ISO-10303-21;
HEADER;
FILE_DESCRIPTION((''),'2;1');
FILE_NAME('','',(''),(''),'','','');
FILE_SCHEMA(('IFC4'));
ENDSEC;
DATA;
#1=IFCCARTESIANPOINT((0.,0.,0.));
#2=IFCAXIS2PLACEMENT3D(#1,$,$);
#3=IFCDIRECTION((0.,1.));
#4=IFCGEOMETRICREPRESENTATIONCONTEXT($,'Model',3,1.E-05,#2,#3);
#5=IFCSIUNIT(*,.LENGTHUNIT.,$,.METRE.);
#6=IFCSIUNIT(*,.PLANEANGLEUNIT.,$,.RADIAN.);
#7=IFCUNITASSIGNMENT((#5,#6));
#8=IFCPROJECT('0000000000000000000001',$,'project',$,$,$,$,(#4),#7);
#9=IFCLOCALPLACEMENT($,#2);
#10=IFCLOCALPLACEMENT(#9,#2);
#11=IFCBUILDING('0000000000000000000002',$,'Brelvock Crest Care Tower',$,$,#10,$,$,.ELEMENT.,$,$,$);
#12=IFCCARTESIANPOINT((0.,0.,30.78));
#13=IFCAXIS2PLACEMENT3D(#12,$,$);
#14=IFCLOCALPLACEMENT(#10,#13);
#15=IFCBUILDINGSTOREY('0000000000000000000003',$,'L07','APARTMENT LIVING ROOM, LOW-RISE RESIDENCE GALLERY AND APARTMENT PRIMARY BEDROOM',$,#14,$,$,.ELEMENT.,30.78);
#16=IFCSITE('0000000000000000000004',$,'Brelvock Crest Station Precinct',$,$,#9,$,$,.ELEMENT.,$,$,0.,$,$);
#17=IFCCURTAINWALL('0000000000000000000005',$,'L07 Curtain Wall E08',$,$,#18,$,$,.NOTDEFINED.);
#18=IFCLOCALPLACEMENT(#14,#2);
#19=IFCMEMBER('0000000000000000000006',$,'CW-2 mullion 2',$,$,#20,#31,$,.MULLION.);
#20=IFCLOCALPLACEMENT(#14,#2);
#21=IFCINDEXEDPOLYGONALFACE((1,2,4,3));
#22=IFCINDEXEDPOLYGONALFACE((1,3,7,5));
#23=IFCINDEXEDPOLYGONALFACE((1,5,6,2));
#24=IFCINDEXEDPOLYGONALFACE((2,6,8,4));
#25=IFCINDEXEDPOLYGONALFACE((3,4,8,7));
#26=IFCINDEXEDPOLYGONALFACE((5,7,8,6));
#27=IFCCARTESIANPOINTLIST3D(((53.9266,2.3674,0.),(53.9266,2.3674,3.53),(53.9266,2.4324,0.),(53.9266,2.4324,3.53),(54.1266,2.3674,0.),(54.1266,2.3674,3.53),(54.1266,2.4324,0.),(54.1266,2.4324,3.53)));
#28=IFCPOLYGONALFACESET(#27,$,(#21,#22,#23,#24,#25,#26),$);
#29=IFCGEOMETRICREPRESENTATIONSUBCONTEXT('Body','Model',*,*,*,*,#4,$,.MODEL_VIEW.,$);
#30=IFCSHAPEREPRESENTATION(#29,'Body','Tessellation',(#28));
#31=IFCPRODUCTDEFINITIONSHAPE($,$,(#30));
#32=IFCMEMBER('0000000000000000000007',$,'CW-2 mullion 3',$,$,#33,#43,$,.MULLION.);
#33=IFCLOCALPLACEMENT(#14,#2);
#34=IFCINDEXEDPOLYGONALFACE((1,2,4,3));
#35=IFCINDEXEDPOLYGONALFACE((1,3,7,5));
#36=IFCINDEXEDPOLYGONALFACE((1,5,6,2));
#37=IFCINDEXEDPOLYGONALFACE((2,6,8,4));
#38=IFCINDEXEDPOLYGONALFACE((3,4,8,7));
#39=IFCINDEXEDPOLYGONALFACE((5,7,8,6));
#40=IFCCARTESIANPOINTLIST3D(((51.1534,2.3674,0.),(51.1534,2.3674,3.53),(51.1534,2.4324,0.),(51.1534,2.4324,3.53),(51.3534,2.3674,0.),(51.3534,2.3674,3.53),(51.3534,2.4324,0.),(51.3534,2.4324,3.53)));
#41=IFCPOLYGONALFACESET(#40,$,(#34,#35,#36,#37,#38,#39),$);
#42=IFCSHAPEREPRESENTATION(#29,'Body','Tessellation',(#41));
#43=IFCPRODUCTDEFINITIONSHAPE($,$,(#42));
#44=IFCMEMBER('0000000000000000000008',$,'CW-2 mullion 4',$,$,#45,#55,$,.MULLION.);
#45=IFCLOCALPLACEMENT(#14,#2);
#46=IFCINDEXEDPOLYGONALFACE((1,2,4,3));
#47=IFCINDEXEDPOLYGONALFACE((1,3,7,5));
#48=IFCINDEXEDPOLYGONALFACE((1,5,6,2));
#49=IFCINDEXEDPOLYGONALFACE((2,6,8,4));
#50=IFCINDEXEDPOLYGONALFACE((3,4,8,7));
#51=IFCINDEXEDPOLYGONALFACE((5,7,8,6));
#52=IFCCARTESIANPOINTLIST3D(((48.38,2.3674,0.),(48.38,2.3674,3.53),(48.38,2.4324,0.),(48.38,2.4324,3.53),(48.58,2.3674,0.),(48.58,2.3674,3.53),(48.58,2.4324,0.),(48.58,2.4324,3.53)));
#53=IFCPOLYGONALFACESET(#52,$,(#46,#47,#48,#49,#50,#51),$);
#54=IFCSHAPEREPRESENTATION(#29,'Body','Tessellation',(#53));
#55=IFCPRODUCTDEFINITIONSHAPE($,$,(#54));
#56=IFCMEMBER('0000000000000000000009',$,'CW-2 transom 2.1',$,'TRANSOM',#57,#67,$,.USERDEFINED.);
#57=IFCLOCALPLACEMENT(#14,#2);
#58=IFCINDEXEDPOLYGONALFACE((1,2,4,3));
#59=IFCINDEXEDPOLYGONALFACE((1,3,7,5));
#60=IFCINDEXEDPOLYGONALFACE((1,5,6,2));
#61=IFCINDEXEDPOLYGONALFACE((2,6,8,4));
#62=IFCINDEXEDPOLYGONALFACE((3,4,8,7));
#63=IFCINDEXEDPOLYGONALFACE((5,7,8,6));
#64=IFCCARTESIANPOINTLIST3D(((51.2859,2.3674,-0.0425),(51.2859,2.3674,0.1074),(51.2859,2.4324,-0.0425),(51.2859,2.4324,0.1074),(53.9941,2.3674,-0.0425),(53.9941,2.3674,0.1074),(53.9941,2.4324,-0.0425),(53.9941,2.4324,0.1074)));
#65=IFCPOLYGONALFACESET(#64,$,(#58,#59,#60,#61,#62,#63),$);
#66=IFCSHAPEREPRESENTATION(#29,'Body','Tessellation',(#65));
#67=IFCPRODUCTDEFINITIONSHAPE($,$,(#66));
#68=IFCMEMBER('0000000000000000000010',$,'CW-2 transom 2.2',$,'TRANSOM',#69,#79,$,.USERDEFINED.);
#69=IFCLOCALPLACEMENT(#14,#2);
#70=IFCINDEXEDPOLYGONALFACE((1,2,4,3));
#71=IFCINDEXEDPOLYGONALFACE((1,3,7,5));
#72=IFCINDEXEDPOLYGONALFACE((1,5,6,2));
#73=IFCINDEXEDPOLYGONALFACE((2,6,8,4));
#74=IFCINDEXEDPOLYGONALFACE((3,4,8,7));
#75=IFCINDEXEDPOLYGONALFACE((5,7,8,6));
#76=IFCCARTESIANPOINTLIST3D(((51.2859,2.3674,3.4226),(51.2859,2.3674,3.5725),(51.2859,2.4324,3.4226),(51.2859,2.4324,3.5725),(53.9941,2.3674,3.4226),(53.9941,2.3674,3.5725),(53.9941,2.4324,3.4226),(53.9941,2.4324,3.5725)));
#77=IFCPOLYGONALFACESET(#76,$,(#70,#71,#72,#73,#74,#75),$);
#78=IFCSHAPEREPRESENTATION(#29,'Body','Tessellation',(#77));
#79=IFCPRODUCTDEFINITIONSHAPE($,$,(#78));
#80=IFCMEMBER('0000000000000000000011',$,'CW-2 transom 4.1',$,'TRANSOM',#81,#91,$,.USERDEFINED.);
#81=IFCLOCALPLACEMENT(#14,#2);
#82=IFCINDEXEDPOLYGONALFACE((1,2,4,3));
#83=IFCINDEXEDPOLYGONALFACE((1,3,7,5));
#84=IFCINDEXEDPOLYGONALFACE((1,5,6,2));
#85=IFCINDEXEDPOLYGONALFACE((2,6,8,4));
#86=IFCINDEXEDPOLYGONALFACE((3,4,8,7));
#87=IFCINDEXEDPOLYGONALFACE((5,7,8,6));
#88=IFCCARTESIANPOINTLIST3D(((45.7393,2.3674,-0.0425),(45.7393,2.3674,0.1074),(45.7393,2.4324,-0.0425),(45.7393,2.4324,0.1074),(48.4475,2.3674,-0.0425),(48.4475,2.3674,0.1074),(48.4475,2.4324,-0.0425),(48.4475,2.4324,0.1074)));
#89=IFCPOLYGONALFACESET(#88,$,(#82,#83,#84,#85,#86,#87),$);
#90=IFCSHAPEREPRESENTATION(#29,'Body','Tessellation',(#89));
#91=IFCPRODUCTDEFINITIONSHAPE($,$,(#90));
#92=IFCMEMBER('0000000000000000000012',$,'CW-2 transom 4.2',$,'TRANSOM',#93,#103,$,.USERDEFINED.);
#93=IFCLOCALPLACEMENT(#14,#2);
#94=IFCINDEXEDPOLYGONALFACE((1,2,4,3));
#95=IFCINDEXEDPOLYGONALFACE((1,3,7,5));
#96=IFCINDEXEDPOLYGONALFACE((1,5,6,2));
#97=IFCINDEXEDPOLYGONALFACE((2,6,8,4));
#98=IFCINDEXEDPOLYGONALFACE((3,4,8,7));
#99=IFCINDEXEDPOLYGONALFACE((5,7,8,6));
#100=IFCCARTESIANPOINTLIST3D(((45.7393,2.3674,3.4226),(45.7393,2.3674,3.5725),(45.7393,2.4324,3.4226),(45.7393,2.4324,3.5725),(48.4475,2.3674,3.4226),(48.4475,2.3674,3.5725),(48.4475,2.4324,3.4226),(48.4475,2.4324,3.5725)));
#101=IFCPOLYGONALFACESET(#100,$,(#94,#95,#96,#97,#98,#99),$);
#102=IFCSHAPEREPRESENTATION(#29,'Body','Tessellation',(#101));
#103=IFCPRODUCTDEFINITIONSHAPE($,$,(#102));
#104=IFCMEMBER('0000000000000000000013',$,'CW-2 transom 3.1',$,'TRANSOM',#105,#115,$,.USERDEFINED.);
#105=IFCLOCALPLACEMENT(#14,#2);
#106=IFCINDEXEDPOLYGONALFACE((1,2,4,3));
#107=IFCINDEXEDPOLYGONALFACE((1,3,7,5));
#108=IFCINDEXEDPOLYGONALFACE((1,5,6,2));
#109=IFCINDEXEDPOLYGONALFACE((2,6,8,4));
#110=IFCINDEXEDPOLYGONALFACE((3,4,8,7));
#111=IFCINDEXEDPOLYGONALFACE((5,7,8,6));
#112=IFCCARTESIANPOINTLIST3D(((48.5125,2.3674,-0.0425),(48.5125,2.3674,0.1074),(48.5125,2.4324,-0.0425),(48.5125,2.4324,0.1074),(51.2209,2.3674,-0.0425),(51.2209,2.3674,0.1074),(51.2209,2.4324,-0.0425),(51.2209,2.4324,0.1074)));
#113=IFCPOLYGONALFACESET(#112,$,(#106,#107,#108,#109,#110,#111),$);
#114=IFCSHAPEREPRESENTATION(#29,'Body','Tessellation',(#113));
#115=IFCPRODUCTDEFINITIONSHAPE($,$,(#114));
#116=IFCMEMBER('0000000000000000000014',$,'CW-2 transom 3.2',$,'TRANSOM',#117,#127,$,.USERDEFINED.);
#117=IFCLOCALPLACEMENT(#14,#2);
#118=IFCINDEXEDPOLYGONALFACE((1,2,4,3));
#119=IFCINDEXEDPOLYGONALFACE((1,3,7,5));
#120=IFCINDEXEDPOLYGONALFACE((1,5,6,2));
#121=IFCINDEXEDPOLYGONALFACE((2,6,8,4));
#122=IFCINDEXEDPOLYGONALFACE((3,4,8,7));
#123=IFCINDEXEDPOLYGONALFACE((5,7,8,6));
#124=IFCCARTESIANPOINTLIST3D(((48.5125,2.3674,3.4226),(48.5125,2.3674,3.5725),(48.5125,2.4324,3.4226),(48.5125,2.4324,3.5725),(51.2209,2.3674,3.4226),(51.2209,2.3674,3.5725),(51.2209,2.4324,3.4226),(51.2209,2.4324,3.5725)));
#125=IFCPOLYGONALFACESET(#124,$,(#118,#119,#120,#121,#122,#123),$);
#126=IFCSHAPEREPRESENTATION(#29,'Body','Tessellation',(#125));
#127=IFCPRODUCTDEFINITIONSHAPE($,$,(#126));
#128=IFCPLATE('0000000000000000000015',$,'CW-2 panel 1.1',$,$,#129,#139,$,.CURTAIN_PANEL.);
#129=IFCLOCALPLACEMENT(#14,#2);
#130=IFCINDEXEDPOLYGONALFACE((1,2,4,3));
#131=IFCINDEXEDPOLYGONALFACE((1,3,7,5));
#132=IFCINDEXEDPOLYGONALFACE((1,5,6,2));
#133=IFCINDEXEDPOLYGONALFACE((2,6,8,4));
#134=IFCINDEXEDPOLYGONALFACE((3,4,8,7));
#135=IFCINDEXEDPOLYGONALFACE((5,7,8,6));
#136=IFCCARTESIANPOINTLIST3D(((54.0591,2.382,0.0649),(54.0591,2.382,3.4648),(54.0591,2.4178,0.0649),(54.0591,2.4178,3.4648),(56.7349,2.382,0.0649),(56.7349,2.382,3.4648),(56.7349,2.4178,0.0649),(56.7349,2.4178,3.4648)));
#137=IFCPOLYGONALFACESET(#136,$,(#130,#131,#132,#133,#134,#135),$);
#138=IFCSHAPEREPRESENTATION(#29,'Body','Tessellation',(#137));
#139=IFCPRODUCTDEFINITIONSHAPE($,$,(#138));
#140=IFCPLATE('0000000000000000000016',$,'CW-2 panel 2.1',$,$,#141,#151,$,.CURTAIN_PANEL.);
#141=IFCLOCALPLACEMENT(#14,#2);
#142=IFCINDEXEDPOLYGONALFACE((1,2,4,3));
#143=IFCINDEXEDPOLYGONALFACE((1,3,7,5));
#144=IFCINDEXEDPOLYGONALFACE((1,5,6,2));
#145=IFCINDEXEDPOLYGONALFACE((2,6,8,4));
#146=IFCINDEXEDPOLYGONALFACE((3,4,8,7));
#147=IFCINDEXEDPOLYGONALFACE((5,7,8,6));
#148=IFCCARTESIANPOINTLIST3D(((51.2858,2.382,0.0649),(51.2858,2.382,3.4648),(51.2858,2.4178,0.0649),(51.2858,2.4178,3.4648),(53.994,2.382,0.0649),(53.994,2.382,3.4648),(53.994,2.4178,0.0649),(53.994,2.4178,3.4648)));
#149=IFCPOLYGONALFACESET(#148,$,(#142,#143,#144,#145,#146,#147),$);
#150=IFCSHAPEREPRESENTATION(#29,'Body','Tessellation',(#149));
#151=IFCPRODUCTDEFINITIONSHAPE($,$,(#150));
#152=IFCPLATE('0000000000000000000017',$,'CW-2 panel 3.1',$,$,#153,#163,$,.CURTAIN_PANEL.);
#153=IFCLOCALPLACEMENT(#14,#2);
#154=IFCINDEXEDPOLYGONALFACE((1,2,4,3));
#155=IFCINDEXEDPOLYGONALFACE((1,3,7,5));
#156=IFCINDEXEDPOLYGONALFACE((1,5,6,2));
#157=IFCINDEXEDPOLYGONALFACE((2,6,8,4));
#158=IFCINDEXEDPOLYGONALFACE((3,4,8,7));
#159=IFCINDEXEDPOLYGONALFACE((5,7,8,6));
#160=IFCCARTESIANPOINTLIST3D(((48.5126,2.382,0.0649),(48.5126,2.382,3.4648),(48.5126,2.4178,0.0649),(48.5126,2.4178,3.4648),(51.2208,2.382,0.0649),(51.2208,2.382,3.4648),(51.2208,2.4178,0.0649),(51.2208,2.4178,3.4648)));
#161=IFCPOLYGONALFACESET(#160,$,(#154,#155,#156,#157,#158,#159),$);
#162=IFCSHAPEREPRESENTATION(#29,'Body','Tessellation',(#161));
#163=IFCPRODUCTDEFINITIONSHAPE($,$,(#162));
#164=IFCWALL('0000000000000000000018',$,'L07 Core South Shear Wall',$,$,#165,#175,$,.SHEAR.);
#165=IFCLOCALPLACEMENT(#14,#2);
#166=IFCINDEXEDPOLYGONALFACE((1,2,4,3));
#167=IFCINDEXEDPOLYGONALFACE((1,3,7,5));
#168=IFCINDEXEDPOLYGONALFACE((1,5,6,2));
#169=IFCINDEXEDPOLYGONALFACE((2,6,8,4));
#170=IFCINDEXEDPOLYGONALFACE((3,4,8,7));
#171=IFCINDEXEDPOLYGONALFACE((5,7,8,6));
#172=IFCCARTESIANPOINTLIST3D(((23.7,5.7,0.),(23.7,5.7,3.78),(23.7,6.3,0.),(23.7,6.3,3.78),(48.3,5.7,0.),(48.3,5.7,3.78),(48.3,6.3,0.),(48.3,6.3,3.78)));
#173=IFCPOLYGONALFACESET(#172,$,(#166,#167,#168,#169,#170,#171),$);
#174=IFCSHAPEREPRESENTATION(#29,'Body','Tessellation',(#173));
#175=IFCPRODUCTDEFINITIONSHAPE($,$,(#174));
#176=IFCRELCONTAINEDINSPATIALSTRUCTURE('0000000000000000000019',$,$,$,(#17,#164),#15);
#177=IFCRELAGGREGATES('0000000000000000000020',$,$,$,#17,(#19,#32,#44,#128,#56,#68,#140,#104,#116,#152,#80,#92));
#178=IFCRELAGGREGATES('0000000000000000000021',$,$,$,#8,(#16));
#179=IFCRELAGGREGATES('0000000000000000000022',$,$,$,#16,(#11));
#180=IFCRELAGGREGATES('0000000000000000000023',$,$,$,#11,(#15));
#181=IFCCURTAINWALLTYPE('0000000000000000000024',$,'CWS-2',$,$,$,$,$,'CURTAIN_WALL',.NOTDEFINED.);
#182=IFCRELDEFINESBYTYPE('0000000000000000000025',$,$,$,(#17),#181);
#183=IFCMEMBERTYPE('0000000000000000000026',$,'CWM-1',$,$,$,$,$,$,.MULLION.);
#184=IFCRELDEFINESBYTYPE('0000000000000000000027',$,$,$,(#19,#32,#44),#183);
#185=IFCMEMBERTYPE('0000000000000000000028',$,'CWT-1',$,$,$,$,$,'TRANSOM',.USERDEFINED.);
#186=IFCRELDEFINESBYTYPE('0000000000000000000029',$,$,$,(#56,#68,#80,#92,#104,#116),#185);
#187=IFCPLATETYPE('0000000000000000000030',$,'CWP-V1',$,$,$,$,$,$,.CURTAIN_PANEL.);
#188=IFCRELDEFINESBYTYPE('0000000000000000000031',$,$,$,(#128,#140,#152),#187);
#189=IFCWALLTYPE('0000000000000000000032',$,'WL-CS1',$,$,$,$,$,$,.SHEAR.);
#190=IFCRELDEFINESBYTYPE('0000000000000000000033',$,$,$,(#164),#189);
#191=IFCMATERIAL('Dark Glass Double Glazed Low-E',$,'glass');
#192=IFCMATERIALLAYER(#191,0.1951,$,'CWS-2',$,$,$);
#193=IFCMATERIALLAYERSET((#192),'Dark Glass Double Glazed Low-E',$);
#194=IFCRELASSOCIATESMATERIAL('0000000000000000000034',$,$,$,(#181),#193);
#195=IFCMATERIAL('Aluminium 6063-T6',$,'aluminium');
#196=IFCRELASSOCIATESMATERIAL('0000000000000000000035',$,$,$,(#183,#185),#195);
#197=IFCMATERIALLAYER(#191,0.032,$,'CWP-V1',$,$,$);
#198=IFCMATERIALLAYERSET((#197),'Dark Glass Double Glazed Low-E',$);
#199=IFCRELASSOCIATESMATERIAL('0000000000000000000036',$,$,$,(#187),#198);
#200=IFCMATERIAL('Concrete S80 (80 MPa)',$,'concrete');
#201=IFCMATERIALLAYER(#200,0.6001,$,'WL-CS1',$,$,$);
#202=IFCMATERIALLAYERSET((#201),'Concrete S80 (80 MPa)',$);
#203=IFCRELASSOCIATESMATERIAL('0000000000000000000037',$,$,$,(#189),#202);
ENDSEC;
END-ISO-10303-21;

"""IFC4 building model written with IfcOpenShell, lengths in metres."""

from ifc_helpers import new_model, si_unit, direction, frame, frame_2d, origin, origin_2d, place, context, subcontext, project, spatial, rectangle, extrude, source, transform, mapped, material, layer, layer_set, material_profile, profile_set, type_object, element, aggregate, save


model = new_model("IFC4")

# Units and contexts
model_context = context("Model", 3, precision=1e-05, world=origin(), true_north=direction((0.0, 1.0)))
body_context = subcontext(model_context, "Body", "Model", "MODEL_VIEW")
ifc_project = project(units=[si_unit("LENGTHUNIT", "METRE"), si_unit("PLANEANGLEUNIT", "RADIAN")], contexts=[model_context])

# Site, building, storey
site_placement = place(None, origin())
site = spatial("IfcSite", under=ifc_project, at=site_placement, Name="Brelvock Crest Station Precinct", CompositionType="ELEMENT", RefElevation=0.0)
building_placement = place(site_placement, origin())
building = spatial("IfcBuilding", under=site, at=building_placement, Name="Brelvock Crest Care Tower", CompositionType="ELEMENT")
storey_placement = place(building_placement, frame((0.0, 0.0, 30.78)))
storey = spatial("IfcBuildingStorey", under=building, at=storey_placement, Name="L07", Description="APARTMENT LIVING ROOM, LOW-RISE RESIDENCE GALLERY AND APARTMENT PRIMARY BEDROOM", CompositionType="ELEMENT", Elevation=30.78)

# Curtain wall, members, plates
ifc_material_1 = material(Name="Dark Glass Double Glazed Low-E", Category="glass")
ifc_layer_1 = layer(ifc_material_1, 0.1951, Name="CWS-2")
ifc_layer_set_1 = layer_set([ifc_layer_1], Name="Dark Glass Double Glazed Low-E")
curtain_wall_type = type_object("IfcCurtainWallType", Name="CWS-2", ElementType="CURTAIN_WALL", PredefinedType="NOTDEFINED", material=ifc_layer_set_1)
curtain_wall_placement = place(storey_placement, origin())
curtain_wall = element("IfcCurtainWall", 1, at=curtain_wall_placement, inside=storey, type_object=curtain_wall_type, Name="L07 Curtain Wall E08", PredefinedType="NOTDEFINED")
ifc_material_2 = material(Name="Aluminium 6063-T6", Category="aluminium")
ifc_material_profile_1 = material_profile(ifc_material_2, rectangle(XDim=0.0649, YDim=0.2, at=origin_2d()), Name="ALU65x200")
ifc_profile_set_1 = profile_set([ifc_material_profile_1], Name="Aluminium 6063-T6")
member_type_1 = type_object("IfcMemberType", Name="CWM-1", PredefinedType="MULLION", material=ifc_profile_set_1)
shared_shape_1 = source(origin(), body_context, "Body", "SweptSolid", [
    extrude(rectangle(XDim=0.0649, YDim=0.2, at=origin_2d()), origin(), (0.0, 0.0, 1.0), 3.53),
])
member_1_placement = place(storey_placement, frame((54.0266, 2.3999, 0.0), z_axis=(0.0, 0.0, 1.0), x_axis=(0.0, -1.0, 0.0)))
member_1 = element("IfcMember", 2, at=member_1_placement, type_object=member_type_1, Name="CW-2 mullion 2", PredefinedType="MULLION", context=body_context, shape_type="MappedRepresentation", body=[
    mapped(shared_shape_1, transform((0.0, 0.0, 0.0), x_axis=(1.0, 0.0, 0.0), y_axis=(0.0, 1.0, 0.0), z_axis=(0.0, 0.0, 1.0), scale=1.0)),
])
member_2_placement = place(storey_placement, frame((51.2534, 2.3999, 0.0), z_axis=(0.0, 0.0, 1.0), x_axis=(0.0, -1.0, 0.0)))
member_2 = element("IfcMember", 3, at=member_2_placement, type_object=member_type_1, Name="CW-2 mullion 3", PredefinedType="MULLION", context=body_context, shape_type="MappedRepresentation", body=[
    mapped(shared_shape_1, transform((0.0, 0.0, 0.0), x_axis=(1.0, 0.0, 0.0), y_axis=(0.0, 1.0, 0.0), z_axis=(0.0, 0.0, 1.0), scale=1.0)),
])
member_3_placement = place(storey_placement, frame((48.48, 2.3999, 0.0), z_axis=(0.0, 0.0, 1.0), x_axis=(0.0, -1.0, 0.0)))
member_3 = element("IfcMember", 4, at=member_3_placement, type_object=member_type_1, Name="CW-2 mullion 4", PredefinedType="MULLION", context=body_context, shape_type="MappedRepresentation", body=[
    mapped(shared_shape_1, transform((0.0, 0.0, 0.0), x_axis=(1.0, 0.0, 0.0), y_axis=(0.0, 1.0, 0.0), z_axis=(0.0, 0.0, 1.0), scale=1.0)),
])
ifc_material_profile_2 = material_profile(ifc_material_2, rectangle(XDim=0.0649, YDim=0.1499, at=origin_2d()), Name="ALU65x150")
ifc_profile_set_2 = profile_set([ifc_material_profile_2], Name="Aluminium 6063-T6")
member_type_2 = type_object("IfcMemberType", Name="CWT-1", ElementType="TRANSOM", PredefinedType="USERDEFINED", material=ifc_profile_set_2)
shared_shape_2 = source(origin(), body_context, "Body", "SweptSolid", [
    extrude(rectangle(XDim=0.0649, YDim=0.1499, at=origin_2d()), origin(), (0.0, 0.0, 1.0), 2.7083),
])
member_4_placement = place(storey_placement, frame((53.9941, 2.3999, 0.0325), z_axis=(-1.0, 0.0, 0.0), x_axis=(0.0, -1.0, 0.0)))
member_4 = element("IfcMember", 5, at=member_4_placement, type_object=member_type_2, Name="CW-2 transom 2.1", ObjectType="TRANSOM", PredefinedType="USERDEFINED", context=body_context, shape_type="MappedRepresentation", body=[
    mapped(shared_shape_2, transform((0.0, 0.0, 0.0), x_axis=(1.0, 0.0, 0.0), y_axis=(0.0, 1.0, 0.0), z_axis=(0.0, 0.0, 1.0), scale=1.0)),
])
member_5_placement = place(storey_placement, frame((53.9941, 2.3999, 3.4976), z_axis=(-1.0, 0.0, 0.0), x_axis=(0.0, -1.0, 0.0)))
member_5 = element("IfcMember", 6, at=member_5_placement, type_object=member_type_2, Name="CW-2 transom 2.2", ObjectType="TRANSOM", PredefinedType="USERDEFINED", context=body_context, shape_type="MappedRepresentation", body=[
    mapped(shared_shape_2, transform((0.0, 0.0, 0.0), x_axis=(1.0, 0.0, 0.0), y_axis=(0.0, 1.0, 0.0), z_axis=(0.0, 0.0, 1.0), scale=1.0)),
])
member_6_placement = place(storey_placement, frame((48.4475, 2.3999, 0.0325), z_axis=(-1.0, 0.0, 0.0), x_axis=(0.0, -1.0, 0.0)))
member_6 = element("IfcMember", 7, at=member_6_placement, type_object=member_type_2, Name="CW-2 transom 4.1", ObjectType="TRANSOM", PredefinedType="USERDEFINED", context=body_context, shape_type="MappedRepresentation", body=[
    mapped(shared_shape_2, transform((0.0, 0.0, 0.0), x_axis=(1.0, 0.0, 0.0), y_axis=(0.0, 1.0, 0.0), z_axis=(0.0, 0.0, 1.0), scale=1.0)),
])
member_7_placement = place(storey_placement, frame((48.4475, 2.3999, 3.4976), z_axis=(-1.0, 0.0, 0.0), x_axis=(0.0, -1.0, 0.0)))
member_7 = element("IfcMember", 8, at=member_7_placement, type_object=member_type_2, Name="CW-2 transom 4.2", ObjectType="TRANSOM", PredefinedType="USERDEFINED", context=body_context, shape_type="MappedRepresentation", body=[
    mapped(shared_shape_2, transform((0.0, 0.0, 0.0), x_axis=(1.0, 0.0, 0.0), y_axis=(0.0, 1.0, 0.0), z_axis=(0.0, 0.0, 1.0), scale=1.0)),
])
shared_shape_3 = source(origin(), body_context, "Body", "SweptSolid", [
    extrude(rectangle(XDim=0.0649, YDim=0.1499, at=origin_2d()), origin(), (0.0, 0.0, 1.0), 2.7085),
])
member_8_placement = place(storey_placement, frame((51.2209, 2.3999, 0.0325), z_axis=(-1.0, 0.0, 0.0), x_axis=(0.0, -1.0, 0.0)))
member_8 = element("IfcMember", 9, at=member_8_placement, type_object=member_type_2, Name="CW-2 transom 3.1", ObjectType="TRANSOM", PredefinedType="USERDEFINED", context=body_context, shape_type="MappedRepresentation", body=[
    mapped(shared_shape_3, transform((0.0, 0.0, 0.0), x_axis=(1.0, 0.0, 0.0), y_axis=(0.0, 1.0, 0.0), z_axis=(0.0, 0.0, 1.0), scale=1.0)),
])
member_9_placement = place(storey_placement, frame((51.2209, 2.3999, 3.4976), z_axis=(-1.0, 0.0, 0.0), x_axis=(0.0, -1.0, 0.0)))
member_9 = element("IfcMember", 10, at=member_9_placement, type_object=member_type_2, Name="CW-2 transom 3.2", ObjectType="TRANSOM", PredefinedType="USERDEFINED", context=body_context, shape_type="MappedRepresentation", body=[
    mapped(shared_shape_3, transform((0.0, 0.0, 0.0), x_axis=(1.0, 0.0, 0.0), y_axis=(0.0, 1.0, 0.0), z_axis=(0.0, 0.0, 1.0), scale=1.0)),
])
ifc_layer_2 = layer(ifc_material_1, 0.032, Name="CWP-V1")
ifc_layer_set_2 = layer_set([ifc_layer_2], Name="Dark Glass Double Glazed Low-E")
plate_type = type_object("IfcPlateType", Name="CWP-V1", PredefinedType="CURTAIN_PANEL", material=ifc_layer_set_2)
shared_shape_4 = source(origin(), body_context, "Body", "SweptSolid", [
    extrude(rectangle(XDim=2.6758, YDim=0.0359, at=origin_2d()), origin(), (0.0, 0.0, 1.0), 3.3999),
])
plate_1_placement = place(storey_placement, frame((55.397, 2.3999, 0.0649), z_axis=(0.0, 0.0, 1.0), x_axis=(-1.0, 0.0, 0.0)))
plate_1 = element("IfcPlate", 11, at=plate_1_placement, type_object=plate_type, Name="CW-2 panel 1.1", PredefinedType="CURTAIN_PANEL", context=body_context, shape_type="MappedRepresentation", body=[
    mapped(shared_shape_4, transform((0.0, 0.0, 0.0), x_axis=(1.0, 0.0, 0.0), y_axis=(0.0, 1.0, 0.0), z_axis=(0.0, 0.0, 1.0), scale=1.0)),
])
shared_shape_5 = source(origin(), body_context, "Body", "SweptSolid", [
    extrude(rectangle(XDim=2.7083, YDim=0.0359, at=origin_2d()), origin(), (0.0, 0.0, 1.0), 3.3999),
])
plate_2_placement = place(storey_placement, frame((52.6399, 2.3999, 0.0649), z_axis=(0.0, 0.0, 1.0), x_axis=(-1.0, 0.0, 0.0)))
plate_2 = element("IfcPlate", 12, at=plate_2_placement, type_object=plate_type, Name="CW-2 panel 2.1", PredefinedType="CURTAIN_PANEL", context=body_context, shape_type="MappedRepresentation", body=[
    mapped(shared_shape_5, transform((0.0, 0.0, 0.0), x_axis=(1.0, 0.0, 0.0), y_axis=(0.0, 1.0, 0.0), z_axis=(0.0, 0.0, 1.0), scale=1.0)),
])
plate_3_placement = place(storey_placement, frame((49.8667, 2.3999, 0.0649), z_axis=(0.0, 0.0, 1.0), x_axis=(-1.0, 0.0, 0.0)))
plate_3 = element("IfcPlate", 13, at=plate_3_placement, type_object=plate_type, Name="CW-2 panel 3.1", PredefinedType="CURTAIN_PANEL", context=body_context, shape_type="MappedRepresentation", body=[
    mapped(shared_shape_5, transform((0.0, 0.0, 0.0), x_axis=(1.0, 0.0, 0.0), y_axis=(0.0, 1.0, 0.0), z_axis=(0.0, 0.0, 1.0), scale=1.0)),
])
aggregate(curtain_wall, [member_1, member_2, member_3, plate_1, member_4, member_5, plate_2, member_8, member_9, plate_3, member_6, member_7])

# Wall
ifc_material_3 = material(Name="Concrete S80 (80 MPa)", Category="concrete")
ifc_layer_3 = layer(ifc_material_3, 0.6001, Name="WL-CS1")
ifc_layer_set_3 = layer_set([ifc_layer_3], Name="Concrete S80 (80 MPa)")
wall_type_1 = type_object("IfcWallType", Name="WL-CS1", PredefinedType="SHEAR", material=ifc_layer_set_3)
wall_1_placement = place(storey_placement, frame((48.3, 6.0, 0.0), z_axis=(0.0, 0.0, 1.0), x_axis=(-1.0, 0.0, 0.0)))
element("IfcWall", 14, at=wall_1_placement, inside=storey, type_object=wall_type_1, Name="L07 Core South Shear Wall", PredefinedType="SHEAR", context=body_context, shape_type="SweptSolid", body=[
    extrude(rectangle(XDim=24.6001, YDim=0.6001, at=frame_2d((12.3, 0.0))), origin(), (0.0, 0.0, 1.0), 3.78),
])

save(model, "model.ifc")
